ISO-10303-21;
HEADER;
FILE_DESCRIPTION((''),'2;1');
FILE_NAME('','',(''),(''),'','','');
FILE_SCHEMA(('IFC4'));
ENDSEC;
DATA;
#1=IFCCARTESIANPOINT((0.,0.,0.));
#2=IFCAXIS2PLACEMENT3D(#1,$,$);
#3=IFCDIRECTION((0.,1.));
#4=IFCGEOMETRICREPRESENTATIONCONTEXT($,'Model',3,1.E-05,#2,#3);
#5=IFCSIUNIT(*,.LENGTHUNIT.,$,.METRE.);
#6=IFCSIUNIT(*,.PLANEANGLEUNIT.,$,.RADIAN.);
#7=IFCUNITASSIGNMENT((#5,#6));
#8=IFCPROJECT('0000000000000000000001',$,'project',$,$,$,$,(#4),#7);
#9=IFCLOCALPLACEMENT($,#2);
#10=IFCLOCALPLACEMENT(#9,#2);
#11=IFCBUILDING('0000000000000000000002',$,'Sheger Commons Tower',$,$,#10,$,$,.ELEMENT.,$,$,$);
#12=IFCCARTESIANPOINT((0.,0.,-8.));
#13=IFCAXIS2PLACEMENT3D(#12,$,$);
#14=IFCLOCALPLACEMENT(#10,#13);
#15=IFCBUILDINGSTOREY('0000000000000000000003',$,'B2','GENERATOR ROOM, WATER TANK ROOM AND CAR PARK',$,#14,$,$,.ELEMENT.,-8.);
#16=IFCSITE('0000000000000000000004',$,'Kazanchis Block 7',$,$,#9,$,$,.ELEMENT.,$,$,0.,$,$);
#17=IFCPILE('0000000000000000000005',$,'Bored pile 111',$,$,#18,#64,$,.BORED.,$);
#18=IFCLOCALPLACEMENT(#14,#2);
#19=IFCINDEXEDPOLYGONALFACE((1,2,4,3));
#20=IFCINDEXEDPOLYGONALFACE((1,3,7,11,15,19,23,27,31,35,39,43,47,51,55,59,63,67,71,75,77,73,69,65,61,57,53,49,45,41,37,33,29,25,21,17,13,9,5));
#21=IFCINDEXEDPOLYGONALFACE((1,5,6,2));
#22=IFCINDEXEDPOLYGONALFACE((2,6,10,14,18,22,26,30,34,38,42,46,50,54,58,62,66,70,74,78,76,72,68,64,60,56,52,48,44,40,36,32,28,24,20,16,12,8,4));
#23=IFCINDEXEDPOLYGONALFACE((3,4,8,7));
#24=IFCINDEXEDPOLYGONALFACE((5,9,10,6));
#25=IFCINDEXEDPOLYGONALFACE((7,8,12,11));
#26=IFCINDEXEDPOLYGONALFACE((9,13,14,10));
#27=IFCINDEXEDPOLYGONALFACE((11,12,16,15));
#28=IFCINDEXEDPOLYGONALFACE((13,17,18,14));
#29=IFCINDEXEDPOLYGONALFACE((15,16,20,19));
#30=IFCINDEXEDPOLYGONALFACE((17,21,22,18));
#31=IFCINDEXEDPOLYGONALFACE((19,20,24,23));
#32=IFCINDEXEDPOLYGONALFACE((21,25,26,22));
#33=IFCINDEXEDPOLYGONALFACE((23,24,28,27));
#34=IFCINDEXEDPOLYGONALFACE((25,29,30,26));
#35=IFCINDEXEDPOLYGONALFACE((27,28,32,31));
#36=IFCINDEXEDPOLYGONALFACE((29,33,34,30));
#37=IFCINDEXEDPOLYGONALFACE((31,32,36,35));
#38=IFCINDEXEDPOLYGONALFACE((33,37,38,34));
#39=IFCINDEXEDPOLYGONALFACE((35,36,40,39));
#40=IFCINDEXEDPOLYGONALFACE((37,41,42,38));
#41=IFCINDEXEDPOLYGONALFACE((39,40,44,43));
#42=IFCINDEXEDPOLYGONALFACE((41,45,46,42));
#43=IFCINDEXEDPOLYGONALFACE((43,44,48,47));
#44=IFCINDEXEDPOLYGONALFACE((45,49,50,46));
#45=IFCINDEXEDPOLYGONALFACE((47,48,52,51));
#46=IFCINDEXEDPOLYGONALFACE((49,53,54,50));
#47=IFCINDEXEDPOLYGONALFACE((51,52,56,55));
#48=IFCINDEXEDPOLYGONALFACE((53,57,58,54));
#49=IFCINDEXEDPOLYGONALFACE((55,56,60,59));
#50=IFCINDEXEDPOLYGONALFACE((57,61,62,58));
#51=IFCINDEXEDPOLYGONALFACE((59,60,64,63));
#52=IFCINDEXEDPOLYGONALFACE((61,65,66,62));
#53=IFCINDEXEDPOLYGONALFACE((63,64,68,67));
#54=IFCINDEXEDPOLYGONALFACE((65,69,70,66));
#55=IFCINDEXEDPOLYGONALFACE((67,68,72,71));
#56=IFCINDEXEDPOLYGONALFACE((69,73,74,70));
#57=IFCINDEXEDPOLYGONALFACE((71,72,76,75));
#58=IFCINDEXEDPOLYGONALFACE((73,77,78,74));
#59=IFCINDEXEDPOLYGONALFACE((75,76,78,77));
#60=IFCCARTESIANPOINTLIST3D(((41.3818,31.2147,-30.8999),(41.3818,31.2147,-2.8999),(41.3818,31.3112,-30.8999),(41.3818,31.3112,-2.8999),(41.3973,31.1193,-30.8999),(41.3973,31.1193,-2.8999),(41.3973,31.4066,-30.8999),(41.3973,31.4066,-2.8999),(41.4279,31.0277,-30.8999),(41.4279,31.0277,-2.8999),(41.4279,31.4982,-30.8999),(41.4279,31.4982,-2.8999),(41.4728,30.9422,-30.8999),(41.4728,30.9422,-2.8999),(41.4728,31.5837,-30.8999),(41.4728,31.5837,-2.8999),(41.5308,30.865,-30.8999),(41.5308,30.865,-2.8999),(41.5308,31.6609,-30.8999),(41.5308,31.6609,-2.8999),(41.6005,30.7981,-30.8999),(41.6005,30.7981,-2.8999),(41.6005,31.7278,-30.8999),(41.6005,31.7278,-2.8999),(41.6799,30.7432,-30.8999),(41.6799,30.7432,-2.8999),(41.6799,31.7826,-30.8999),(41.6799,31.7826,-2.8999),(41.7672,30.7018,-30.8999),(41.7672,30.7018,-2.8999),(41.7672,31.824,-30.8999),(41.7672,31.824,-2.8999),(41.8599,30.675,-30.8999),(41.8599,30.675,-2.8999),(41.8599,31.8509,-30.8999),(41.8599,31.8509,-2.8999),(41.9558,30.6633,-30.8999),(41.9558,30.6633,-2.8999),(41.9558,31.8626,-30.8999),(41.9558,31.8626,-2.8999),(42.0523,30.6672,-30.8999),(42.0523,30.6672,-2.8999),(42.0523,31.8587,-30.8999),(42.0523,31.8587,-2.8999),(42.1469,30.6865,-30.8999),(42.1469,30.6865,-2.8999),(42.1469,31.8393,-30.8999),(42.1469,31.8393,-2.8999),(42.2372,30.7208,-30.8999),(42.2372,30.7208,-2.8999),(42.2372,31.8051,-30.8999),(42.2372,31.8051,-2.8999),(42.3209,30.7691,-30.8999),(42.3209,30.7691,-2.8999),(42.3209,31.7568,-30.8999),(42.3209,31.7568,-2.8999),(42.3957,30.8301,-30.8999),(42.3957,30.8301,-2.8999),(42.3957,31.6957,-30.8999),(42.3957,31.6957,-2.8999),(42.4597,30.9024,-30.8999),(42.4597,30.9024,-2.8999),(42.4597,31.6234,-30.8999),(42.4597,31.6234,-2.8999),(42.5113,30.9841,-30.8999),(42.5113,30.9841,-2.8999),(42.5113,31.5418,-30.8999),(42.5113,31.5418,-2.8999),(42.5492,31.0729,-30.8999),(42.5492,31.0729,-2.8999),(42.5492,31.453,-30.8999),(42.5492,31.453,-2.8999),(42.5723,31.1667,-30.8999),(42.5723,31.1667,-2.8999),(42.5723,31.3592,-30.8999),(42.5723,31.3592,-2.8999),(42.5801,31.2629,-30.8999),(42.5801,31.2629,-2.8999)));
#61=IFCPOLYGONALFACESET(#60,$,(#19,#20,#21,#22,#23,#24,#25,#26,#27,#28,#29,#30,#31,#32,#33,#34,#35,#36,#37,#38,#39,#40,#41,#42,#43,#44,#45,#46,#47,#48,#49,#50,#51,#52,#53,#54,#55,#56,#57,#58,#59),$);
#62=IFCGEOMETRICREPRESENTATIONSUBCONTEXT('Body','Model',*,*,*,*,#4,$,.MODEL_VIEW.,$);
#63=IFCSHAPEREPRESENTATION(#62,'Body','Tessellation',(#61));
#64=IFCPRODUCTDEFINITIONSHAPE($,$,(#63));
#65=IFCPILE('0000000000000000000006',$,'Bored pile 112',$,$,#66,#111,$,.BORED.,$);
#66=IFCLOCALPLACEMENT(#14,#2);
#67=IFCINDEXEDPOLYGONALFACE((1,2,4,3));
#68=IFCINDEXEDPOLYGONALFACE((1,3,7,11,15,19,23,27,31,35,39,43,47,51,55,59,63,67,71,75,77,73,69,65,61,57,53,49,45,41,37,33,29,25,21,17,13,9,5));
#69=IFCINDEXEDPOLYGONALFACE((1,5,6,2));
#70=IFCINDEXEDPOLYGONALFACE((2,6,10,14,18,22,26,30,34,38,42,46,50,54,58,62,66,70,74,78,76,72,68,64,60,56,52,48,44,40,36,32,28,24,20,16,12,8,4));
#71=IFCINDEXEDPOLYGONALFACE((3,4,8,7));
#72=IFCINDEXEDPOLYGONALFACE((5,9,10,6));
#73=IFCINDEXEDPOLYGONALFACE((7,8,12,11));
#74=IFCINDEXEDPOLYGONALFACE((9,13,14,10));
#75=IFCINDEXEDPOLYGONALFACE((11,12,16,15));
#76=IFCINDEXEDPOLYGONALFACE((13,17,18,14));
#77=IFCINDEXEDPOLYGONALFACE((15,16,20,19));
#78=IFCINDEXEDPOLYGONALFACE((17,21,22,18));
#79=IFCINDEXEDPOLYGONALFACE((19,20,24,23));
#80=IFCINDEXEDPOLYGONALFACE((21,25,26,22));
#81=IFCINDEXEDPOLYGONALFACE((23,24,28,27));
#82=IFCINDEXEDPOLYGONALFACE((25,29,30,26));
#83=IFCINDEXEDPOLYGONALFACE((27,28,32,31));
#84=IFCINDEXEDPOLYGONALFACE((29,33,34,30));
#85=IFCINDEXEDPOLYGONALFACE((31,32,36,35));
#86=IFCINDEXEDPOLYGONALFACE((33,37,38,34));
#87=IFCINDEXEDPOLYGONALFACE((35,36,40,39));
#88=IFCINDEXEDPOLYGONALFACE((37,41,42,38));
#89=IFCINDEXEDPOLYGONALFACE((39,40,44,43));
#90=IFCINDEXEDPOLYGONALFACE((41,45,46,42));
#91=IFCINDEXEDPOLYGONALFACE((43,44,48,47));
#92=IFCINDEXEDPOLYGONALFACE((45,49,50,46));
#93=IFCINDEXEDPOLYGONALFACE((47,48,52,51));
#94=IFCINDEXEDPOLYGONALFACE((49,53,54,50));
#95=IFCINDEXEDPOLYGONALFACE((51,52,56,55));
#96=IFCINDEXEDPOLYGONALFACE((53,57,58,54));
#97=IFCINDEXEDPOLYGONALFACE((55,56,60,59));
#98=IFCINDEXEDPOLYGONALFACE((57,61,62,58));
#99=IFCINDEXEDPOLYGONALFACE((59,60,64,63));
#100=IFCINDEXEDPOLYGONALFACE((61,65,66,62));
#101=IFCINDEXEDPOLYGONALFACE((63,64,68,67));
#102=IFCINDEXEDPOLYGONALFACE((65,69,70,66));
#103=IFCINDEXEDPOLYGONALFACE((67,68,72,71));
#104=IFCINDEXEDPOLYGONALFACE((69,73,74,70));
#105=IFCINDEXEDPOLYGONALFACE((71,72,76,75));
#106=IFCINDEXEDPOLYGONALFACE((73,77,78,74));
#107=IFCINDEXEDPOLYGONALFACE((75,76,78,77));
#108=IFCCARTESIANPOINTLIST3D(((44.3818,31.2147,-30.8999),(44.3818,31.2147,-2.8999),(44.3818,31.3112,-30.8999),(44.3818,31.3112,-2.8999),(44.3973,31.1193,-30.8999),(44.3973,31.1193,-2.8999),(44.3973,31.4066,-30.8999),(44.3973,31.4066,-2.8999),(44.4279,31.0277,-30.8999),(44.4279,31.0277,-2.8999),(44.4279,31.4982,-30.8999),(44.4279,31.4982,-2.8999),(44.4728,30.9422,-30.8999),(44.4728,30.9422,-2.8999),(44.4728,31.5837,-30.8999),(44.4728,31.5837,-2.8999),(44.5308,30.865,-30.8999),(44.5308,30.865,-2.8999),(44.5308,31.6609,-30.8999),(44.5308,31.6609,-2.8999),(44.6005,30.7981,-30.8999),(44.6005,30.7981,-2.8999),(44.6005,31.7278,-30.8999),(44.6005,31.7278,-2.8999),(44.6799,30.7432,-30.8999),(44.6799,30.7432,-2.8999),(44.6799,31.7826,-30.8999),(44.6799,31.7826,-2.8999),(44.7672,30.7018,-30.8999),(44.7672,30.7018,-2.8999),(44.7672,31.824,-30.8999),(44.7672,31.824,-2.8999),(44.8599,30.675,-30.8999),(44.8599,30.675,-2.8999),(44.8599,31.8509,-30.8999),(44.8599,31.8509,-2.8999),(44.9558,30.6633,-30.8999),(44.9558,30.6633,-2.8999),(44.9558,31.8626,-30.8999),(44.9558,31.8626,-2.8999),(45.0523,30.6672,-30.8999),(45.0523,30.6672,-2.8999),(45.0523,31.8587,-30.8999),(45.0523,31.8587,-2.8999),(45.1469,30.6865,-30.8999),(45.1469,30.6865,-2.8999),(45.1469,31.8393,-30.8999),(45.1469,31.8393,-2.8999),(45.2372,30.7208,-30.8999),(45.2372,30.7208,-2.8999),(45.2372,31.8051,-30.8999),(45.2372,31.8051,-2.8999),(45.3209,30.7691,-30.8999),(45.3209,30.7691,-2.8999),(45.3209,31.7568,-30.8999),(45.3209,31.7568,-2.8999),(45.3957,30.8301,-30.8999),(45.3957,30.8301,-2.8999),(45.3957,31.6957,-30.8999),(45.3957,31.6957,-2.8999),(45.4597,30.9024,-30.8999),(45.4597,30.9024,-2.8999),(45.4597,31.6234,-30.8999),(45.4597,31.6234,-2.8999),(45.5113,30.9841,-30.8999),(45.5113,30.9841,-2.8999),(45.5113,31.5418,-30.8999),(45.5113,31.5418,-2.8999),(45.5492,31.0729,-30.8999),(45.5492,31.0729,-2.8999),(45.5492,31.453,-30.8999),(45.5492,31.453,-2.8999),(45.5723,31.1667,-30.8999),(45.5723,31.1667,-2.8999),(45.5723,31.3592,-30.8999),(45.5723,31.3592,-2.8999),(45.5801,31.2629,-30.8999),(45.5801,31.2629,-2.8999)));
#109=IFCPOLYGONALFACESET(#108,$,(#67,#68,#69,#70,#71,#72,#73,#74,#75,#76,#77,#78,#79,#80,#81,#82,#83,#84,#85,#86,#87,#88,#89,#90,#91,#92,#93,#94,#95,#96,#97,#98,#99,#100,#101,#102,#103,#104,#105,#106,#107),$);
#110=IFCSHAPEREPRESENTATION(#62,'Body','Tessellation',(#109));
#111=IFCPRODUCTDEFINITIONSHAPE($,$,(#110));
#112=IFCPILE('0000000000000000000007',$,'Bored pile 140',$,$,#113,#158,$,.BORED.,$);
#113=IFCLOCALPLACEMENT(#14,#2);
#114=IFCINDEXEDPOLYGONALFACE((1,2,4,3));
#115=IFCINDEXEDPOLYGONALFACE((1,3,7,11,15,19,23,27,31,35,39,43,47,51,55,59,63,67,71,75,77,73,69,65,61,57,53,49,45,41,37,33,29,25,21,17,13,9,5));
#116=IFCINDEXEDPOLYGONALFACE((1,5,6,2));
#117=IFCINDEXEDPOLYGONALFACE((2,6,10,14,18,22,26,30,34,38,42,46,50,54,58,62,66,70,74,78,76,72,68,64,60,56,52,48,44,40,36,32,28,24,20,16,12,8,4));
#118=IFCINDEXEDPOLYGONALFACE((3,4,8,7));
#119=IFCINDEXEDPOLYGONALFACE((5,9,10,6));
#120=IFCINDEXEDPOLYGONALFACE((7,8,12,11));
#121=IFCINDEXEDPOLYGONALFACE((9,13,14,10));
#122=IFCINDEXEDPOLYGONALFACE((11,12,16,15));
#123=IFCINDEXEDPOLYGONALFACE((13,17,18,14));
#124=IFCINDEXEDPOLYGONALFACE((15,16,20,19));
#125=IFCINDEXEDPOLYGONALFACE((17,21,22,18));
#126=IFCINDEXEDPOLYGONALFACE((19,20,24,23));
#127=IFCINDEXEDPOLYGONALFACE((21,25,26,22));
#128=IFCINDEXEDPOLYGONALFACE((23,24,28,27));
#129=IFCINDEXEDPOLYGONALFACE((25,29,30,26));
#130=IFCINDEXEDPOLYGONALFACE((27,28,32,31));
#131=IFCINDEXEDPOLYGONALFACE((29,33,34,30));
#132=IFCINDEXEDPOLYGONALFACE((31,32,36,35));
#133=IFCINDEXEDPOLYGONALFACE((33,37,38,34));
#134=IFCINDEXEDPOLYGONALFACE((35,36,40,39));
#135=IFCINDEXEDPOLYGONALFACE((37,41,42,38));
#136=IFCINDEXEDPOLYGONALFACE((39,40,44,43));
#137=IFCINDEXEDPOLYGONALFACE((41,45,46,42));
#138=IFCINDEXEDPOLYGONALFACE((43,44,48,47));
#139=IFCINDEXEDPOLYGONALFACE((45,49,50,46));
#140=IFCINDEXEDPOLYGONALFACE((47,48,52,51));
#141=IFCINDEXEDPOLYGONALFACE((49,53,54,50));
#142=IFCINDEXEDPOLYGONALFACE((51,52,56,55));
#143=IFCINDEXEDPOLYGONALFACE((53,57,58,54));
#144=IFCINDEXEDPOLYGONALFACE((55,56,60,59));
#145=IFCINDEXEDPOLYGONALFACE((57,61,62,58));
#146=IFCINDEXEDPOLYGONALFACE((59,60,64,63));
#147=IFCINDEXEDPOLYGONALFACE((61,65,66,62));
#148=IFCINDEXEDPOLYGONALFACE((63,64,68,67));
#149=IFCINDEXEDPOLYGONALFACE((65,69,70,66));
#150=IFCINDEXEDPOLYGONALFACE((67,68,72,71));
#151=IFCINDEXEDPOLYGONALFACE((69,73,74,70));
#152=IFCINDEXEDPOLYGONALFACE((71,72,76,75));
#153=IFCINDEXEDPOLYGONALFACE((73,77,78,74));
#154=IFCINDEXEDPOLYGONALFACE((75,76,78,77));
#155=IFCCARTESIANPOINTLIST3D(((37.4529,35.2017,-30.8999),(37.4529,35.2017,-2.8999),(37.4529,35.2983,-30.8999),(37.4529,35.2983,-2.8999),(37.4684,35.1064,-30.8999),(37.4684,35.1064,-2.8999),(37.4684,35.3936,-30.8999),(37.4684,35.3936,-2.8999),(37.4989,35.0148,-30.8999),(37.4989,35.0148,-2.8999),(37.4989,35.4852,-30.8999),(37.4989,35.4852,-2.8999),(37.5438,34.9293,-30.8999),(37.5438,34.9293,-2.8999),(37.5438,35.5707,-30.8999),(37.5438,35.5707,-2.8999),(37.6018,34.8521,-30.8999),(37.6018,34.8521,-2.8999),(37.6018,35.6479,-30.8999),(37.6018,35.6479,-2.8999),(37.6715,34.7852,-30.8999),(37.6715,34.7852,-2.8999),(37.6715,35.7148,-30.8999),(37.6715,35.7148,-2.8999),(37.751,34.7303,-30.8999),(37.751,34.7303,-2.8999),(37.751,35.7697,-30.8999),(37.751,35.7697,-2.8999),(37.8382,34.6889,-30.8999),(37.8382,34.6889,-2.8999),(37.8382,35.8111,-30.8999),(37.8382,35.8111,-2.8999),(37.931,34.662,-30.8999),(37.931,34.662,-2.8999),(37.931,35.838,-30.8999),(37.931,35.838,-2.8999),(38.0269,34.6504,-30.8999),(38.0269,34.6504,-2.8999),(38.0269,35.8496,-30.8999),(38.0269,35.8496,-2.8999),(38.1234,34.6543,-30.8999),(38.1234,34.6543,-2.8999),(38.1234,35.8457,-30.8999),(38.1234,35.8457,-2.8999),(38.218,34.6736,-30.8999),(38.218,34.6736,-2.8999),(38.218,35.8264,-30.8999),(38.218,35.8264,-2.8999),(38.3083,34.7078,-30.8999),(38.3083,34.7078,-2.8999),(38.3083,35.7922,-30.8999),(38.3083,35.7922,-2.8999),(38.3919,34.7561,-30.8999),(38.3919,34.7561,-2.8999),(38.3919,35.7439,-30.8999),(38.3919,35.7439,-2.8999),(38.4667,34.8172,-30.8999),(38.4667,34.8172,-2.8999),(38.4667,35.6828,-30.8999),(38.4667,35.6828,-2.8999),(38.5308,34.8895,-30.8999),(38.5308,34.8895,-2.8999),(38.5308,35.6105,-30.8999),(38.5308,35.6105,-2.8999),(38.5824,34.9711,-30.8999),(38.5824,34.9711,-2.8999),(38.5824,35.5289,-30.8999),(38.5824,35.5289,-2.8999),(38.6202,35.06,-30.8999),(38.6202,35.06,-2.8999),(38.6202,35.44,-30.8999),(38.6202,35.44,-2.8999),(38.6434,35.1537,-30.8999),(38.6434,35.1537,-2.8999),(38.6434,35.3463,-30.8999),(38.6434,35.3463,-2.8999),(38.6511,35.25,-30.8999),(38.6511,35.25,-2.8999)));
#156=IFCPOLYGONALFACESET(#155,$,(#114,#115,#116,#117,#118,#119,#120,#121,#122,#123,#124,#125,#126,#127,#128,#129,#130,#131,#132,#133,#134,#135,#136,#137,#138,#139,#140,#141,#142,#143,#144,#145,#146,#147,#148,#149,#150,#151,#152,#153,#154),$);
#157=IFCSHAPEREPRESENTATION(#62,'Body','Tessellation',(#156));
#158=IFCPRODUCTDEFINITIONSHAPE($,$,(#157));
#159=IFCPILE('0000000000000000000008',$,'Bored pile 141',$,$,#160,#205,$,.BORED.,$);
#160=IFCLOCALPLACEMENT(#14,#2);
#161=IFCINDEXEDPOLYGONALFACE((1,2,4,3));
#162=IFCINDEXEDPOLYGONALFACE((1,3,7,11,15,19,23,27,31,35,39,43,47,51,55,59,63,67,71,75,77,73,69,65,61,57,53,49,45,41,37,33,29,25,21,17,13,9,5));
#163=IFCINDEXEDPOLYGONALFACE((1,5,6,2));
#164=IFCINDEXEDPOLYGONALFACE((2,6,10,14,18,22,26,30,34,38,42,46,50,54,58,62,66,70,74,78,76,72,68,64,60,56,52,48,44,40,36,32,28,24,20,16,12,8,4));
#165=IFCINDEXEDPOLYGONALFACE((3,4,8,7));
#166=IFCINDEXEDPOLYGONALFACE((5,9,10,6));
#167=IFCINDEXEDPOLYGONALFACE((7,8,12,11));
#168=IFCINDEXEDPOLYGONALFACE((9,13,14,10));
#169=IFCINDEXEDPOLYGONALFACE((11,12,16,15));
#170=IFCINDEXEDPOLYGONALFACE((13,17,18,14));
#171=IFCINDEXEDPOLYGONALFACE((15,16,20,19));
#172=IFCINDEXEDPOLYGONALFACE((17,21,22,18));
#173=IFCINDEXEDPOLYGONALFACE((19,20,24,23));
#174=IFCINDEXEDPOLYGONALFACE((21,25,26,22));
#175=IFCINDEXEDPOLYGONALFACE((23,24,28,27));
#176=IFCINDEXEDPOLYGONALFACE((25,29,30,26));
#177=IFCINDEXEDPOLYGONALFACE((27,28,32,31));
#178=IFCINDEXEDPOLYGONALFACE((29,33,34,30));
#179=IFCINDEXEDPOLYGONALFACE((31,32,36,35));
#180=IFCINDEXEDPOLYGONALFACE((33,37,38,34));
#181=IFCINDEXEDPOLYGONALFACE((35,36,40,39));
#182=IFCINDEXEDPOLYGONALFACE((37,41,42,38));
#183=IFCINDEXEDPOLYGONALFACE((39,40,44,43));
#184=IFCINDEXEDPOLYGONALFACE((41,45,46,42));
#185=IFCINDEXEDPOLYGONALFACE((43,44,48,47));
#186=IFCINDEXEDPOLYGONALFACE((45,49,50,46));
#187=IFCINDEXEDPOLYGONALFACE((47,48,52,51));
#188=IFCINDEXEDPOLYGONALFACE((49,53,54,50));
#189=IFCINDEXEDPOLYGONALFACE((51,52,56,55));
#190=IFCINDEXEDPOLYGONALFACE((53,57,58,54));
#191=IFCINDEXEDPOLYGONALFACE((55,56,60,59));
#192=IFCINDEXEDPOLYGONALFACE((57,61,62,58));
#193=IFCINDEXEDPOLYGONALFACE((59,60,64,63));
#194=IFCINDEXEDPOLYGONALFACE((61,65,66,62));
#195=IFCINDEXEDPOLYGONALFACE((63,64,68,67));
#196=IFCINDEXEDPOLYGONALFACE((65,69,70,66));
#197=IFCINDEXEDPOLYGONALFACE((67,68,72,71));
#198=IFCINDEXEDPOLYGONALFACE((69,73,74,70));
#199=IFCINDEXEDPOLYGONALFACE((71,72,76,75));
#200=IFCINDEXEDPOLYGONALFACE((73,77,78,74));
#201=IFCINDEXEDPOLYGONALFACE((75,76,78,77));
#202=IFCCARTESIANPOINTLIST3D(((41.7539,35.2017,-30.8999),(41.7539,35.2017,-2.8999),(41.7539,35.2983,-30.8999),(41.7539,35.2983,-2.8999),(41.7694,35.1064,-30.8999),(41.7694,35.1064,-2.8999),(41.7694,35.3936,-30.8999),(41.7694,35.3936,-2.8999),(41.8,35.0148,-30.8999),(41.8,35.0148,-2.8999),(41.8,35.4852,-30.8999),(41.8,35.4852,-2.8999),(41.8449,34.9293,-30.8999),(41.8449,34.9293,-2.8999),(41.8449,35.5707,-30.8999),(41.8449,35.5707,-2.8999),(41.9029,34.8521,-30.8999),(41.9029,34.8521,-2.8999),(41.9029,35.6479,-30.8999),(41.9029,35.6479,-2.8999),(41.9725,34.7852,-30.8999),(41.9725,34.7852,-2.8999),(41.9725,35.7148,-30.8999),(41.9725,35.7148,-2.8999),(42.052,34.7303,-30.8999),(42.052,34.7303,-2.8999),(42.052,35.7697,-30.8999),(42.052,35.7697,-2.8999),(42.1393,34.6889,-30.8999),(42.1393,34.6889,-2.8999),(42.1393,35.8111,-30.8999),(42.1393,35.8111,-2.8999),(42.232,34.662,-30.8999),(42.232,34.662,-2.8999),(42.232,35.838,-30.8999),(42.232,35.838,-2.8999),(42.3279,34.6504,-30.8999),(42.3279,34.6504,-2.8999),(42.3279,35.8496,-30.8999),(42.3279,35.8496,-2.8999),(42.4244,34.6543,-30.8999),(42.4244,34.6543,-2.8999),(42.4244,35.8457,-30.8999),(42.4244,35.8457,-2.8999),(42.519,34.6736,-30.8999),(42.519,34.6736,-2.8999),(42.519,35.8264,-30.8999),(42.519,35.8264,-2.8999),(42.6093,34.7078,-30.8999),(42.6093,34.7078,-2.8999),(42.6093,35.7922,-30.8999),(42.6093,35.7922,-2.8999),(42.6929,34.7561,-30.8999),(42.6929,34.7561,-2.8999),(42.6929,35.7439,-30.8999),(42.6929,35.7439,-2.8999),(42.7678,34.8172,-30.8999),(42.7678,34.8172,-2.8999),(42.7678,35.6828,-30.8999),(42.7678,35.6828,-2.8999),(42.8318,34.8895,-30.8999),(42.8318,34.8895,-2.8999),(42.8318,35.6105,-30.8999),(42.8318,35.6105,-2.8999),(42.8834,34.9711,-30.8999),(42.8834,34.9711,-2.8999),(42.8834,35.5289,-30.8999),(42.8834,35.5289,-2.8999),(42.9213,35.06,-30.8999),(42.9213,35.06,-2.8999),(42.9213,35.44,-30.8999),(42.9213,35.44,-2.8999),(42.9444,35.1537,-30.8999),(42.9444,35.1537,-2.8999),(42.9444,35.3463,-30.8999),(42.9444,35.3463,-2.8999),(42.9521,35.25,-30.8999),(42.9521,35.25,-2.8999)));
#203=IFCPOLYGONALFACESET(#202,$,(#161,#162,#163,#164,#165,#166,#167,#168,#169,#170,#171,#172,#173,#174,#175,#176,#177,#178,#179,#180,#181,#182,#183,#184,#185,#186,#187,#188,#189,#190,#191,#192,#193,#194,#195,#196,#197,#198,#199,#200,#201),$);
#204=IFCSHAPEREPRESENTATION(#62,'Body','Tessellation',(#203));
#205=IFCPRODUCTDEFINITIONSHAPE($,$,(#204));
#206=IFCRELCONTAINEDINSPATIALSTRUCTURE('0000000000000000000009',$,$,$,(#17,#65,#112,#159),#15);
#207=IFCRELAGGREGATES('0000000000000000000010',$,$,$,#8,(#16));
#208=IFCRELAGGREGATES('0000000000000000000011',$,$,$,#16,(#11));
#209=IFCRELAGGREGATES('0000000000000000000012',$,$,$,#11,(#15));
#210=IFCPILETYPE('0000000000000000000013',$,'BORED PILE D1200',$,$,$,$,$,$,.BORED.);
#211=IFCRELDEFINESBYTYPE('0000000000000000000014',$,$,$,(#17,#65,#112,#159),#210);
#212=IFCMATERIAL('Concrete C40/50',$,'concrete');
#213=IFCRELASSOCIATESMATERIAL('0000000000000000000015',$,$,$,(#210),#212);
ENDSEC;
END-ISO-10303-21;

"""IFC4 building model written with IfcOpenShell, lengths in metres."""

from ifc_helpers import new_model, si_unit, direction, frame, origin, origin_2d, place, context, subcontext, project, spatial, circle, extrude, material, material_profile, profile_set, type_object, element, save


model = new_model("IFC4")

# Units and contexts
model_context = context("Model", 3, precision=1e-05, world=origin(), true_north=direction((0.0, 1.0)))
body_context = subcontext(model_context, "Body", "Model", "MODEL_VIEW")
ifc_project = project(units=[si_unit("LENGTHUNIT", "METRE"), si_unit("PLANEANGLEUNIT", "RADIAN")], contexts=[model_context])

# Site, building, storey
site_placement = place(None, origin())
site = spatial("IfcSite", under=ifc_project, at=site_placement, Name="Kazanchis Block 7", CompositionType="ELEMENT", RefElevation=0.0)
building_placement = place(site_placement, origin())
building = spatial("IfcBuilding", under=site, at=building_placement, Name="Sheger Commons Tower", CompositionType="ELEMENT")
storey_placement = place(building_placement, frame((0.0, 0.0, -8.0)))
storey = spatial("IfcBuildingStorey", under=building, at=storey_placement, Name="B2", Description="GENERATOR ROOM, WATER TANK ROOM AND CAR PARK", CompositionType="ELEMENT", Elevation=-8.0)

# Piles
ifc_material_1 = material(Name="Concrete C40/50", Category="concrete")
ifc_material_profile_1 = material_profile(ifc_material_1, circle(Radius=0.6001, at=origin_2d()), Name="PILE D1200")
ifc_profile_set_1 = profile_set([ifc_material_profile_1], Name="Concrete C40/50")
pile_type_1 = type_object("IfcPileType", Name="BORED PILE D1200", PredefinedType="BORED", material=ifc_profile_set_1)
for number, where, z_axis, x_axis, name in (
    (1, (41.98, 31.2629, -2.8999), (0.0, 0.0, -1.0), (1.0, 0.0, 0.0), "Bored pile 111"),
    (2, (44.98, 31.2629, -2.8999), (0.0, 0.0, -1.0), (1.0, 0.0, 0.0), "Bored pile 112"),
    (3, (38.051, 35.25, -2.8999), (0.0, 0.0, -1.0), (1.0, 0.0, 0.0), "Bored pile 140"),
    (4, (42.3521, 35.25, -2.8999), (0.0, 0.0, -1.0), (1.0, 0.0, 0.0), "Bored pile 141"),
):
    element("IfcPile", number, at=place(storey_placement, frame(where, z_axis=z_axis, x_axis=x_axis)), inside=storey, type_object=pile_type_1, Name=name, PredefinedType="BORED", context=body_context, shape_type="SweptSolid", body=[
        extrude(circle(Radius=0.6001, at=origin_2d()), origin(), (0.0, 0.0, 1.0), 28.0),
    ])

save(model, "model.ifc")
